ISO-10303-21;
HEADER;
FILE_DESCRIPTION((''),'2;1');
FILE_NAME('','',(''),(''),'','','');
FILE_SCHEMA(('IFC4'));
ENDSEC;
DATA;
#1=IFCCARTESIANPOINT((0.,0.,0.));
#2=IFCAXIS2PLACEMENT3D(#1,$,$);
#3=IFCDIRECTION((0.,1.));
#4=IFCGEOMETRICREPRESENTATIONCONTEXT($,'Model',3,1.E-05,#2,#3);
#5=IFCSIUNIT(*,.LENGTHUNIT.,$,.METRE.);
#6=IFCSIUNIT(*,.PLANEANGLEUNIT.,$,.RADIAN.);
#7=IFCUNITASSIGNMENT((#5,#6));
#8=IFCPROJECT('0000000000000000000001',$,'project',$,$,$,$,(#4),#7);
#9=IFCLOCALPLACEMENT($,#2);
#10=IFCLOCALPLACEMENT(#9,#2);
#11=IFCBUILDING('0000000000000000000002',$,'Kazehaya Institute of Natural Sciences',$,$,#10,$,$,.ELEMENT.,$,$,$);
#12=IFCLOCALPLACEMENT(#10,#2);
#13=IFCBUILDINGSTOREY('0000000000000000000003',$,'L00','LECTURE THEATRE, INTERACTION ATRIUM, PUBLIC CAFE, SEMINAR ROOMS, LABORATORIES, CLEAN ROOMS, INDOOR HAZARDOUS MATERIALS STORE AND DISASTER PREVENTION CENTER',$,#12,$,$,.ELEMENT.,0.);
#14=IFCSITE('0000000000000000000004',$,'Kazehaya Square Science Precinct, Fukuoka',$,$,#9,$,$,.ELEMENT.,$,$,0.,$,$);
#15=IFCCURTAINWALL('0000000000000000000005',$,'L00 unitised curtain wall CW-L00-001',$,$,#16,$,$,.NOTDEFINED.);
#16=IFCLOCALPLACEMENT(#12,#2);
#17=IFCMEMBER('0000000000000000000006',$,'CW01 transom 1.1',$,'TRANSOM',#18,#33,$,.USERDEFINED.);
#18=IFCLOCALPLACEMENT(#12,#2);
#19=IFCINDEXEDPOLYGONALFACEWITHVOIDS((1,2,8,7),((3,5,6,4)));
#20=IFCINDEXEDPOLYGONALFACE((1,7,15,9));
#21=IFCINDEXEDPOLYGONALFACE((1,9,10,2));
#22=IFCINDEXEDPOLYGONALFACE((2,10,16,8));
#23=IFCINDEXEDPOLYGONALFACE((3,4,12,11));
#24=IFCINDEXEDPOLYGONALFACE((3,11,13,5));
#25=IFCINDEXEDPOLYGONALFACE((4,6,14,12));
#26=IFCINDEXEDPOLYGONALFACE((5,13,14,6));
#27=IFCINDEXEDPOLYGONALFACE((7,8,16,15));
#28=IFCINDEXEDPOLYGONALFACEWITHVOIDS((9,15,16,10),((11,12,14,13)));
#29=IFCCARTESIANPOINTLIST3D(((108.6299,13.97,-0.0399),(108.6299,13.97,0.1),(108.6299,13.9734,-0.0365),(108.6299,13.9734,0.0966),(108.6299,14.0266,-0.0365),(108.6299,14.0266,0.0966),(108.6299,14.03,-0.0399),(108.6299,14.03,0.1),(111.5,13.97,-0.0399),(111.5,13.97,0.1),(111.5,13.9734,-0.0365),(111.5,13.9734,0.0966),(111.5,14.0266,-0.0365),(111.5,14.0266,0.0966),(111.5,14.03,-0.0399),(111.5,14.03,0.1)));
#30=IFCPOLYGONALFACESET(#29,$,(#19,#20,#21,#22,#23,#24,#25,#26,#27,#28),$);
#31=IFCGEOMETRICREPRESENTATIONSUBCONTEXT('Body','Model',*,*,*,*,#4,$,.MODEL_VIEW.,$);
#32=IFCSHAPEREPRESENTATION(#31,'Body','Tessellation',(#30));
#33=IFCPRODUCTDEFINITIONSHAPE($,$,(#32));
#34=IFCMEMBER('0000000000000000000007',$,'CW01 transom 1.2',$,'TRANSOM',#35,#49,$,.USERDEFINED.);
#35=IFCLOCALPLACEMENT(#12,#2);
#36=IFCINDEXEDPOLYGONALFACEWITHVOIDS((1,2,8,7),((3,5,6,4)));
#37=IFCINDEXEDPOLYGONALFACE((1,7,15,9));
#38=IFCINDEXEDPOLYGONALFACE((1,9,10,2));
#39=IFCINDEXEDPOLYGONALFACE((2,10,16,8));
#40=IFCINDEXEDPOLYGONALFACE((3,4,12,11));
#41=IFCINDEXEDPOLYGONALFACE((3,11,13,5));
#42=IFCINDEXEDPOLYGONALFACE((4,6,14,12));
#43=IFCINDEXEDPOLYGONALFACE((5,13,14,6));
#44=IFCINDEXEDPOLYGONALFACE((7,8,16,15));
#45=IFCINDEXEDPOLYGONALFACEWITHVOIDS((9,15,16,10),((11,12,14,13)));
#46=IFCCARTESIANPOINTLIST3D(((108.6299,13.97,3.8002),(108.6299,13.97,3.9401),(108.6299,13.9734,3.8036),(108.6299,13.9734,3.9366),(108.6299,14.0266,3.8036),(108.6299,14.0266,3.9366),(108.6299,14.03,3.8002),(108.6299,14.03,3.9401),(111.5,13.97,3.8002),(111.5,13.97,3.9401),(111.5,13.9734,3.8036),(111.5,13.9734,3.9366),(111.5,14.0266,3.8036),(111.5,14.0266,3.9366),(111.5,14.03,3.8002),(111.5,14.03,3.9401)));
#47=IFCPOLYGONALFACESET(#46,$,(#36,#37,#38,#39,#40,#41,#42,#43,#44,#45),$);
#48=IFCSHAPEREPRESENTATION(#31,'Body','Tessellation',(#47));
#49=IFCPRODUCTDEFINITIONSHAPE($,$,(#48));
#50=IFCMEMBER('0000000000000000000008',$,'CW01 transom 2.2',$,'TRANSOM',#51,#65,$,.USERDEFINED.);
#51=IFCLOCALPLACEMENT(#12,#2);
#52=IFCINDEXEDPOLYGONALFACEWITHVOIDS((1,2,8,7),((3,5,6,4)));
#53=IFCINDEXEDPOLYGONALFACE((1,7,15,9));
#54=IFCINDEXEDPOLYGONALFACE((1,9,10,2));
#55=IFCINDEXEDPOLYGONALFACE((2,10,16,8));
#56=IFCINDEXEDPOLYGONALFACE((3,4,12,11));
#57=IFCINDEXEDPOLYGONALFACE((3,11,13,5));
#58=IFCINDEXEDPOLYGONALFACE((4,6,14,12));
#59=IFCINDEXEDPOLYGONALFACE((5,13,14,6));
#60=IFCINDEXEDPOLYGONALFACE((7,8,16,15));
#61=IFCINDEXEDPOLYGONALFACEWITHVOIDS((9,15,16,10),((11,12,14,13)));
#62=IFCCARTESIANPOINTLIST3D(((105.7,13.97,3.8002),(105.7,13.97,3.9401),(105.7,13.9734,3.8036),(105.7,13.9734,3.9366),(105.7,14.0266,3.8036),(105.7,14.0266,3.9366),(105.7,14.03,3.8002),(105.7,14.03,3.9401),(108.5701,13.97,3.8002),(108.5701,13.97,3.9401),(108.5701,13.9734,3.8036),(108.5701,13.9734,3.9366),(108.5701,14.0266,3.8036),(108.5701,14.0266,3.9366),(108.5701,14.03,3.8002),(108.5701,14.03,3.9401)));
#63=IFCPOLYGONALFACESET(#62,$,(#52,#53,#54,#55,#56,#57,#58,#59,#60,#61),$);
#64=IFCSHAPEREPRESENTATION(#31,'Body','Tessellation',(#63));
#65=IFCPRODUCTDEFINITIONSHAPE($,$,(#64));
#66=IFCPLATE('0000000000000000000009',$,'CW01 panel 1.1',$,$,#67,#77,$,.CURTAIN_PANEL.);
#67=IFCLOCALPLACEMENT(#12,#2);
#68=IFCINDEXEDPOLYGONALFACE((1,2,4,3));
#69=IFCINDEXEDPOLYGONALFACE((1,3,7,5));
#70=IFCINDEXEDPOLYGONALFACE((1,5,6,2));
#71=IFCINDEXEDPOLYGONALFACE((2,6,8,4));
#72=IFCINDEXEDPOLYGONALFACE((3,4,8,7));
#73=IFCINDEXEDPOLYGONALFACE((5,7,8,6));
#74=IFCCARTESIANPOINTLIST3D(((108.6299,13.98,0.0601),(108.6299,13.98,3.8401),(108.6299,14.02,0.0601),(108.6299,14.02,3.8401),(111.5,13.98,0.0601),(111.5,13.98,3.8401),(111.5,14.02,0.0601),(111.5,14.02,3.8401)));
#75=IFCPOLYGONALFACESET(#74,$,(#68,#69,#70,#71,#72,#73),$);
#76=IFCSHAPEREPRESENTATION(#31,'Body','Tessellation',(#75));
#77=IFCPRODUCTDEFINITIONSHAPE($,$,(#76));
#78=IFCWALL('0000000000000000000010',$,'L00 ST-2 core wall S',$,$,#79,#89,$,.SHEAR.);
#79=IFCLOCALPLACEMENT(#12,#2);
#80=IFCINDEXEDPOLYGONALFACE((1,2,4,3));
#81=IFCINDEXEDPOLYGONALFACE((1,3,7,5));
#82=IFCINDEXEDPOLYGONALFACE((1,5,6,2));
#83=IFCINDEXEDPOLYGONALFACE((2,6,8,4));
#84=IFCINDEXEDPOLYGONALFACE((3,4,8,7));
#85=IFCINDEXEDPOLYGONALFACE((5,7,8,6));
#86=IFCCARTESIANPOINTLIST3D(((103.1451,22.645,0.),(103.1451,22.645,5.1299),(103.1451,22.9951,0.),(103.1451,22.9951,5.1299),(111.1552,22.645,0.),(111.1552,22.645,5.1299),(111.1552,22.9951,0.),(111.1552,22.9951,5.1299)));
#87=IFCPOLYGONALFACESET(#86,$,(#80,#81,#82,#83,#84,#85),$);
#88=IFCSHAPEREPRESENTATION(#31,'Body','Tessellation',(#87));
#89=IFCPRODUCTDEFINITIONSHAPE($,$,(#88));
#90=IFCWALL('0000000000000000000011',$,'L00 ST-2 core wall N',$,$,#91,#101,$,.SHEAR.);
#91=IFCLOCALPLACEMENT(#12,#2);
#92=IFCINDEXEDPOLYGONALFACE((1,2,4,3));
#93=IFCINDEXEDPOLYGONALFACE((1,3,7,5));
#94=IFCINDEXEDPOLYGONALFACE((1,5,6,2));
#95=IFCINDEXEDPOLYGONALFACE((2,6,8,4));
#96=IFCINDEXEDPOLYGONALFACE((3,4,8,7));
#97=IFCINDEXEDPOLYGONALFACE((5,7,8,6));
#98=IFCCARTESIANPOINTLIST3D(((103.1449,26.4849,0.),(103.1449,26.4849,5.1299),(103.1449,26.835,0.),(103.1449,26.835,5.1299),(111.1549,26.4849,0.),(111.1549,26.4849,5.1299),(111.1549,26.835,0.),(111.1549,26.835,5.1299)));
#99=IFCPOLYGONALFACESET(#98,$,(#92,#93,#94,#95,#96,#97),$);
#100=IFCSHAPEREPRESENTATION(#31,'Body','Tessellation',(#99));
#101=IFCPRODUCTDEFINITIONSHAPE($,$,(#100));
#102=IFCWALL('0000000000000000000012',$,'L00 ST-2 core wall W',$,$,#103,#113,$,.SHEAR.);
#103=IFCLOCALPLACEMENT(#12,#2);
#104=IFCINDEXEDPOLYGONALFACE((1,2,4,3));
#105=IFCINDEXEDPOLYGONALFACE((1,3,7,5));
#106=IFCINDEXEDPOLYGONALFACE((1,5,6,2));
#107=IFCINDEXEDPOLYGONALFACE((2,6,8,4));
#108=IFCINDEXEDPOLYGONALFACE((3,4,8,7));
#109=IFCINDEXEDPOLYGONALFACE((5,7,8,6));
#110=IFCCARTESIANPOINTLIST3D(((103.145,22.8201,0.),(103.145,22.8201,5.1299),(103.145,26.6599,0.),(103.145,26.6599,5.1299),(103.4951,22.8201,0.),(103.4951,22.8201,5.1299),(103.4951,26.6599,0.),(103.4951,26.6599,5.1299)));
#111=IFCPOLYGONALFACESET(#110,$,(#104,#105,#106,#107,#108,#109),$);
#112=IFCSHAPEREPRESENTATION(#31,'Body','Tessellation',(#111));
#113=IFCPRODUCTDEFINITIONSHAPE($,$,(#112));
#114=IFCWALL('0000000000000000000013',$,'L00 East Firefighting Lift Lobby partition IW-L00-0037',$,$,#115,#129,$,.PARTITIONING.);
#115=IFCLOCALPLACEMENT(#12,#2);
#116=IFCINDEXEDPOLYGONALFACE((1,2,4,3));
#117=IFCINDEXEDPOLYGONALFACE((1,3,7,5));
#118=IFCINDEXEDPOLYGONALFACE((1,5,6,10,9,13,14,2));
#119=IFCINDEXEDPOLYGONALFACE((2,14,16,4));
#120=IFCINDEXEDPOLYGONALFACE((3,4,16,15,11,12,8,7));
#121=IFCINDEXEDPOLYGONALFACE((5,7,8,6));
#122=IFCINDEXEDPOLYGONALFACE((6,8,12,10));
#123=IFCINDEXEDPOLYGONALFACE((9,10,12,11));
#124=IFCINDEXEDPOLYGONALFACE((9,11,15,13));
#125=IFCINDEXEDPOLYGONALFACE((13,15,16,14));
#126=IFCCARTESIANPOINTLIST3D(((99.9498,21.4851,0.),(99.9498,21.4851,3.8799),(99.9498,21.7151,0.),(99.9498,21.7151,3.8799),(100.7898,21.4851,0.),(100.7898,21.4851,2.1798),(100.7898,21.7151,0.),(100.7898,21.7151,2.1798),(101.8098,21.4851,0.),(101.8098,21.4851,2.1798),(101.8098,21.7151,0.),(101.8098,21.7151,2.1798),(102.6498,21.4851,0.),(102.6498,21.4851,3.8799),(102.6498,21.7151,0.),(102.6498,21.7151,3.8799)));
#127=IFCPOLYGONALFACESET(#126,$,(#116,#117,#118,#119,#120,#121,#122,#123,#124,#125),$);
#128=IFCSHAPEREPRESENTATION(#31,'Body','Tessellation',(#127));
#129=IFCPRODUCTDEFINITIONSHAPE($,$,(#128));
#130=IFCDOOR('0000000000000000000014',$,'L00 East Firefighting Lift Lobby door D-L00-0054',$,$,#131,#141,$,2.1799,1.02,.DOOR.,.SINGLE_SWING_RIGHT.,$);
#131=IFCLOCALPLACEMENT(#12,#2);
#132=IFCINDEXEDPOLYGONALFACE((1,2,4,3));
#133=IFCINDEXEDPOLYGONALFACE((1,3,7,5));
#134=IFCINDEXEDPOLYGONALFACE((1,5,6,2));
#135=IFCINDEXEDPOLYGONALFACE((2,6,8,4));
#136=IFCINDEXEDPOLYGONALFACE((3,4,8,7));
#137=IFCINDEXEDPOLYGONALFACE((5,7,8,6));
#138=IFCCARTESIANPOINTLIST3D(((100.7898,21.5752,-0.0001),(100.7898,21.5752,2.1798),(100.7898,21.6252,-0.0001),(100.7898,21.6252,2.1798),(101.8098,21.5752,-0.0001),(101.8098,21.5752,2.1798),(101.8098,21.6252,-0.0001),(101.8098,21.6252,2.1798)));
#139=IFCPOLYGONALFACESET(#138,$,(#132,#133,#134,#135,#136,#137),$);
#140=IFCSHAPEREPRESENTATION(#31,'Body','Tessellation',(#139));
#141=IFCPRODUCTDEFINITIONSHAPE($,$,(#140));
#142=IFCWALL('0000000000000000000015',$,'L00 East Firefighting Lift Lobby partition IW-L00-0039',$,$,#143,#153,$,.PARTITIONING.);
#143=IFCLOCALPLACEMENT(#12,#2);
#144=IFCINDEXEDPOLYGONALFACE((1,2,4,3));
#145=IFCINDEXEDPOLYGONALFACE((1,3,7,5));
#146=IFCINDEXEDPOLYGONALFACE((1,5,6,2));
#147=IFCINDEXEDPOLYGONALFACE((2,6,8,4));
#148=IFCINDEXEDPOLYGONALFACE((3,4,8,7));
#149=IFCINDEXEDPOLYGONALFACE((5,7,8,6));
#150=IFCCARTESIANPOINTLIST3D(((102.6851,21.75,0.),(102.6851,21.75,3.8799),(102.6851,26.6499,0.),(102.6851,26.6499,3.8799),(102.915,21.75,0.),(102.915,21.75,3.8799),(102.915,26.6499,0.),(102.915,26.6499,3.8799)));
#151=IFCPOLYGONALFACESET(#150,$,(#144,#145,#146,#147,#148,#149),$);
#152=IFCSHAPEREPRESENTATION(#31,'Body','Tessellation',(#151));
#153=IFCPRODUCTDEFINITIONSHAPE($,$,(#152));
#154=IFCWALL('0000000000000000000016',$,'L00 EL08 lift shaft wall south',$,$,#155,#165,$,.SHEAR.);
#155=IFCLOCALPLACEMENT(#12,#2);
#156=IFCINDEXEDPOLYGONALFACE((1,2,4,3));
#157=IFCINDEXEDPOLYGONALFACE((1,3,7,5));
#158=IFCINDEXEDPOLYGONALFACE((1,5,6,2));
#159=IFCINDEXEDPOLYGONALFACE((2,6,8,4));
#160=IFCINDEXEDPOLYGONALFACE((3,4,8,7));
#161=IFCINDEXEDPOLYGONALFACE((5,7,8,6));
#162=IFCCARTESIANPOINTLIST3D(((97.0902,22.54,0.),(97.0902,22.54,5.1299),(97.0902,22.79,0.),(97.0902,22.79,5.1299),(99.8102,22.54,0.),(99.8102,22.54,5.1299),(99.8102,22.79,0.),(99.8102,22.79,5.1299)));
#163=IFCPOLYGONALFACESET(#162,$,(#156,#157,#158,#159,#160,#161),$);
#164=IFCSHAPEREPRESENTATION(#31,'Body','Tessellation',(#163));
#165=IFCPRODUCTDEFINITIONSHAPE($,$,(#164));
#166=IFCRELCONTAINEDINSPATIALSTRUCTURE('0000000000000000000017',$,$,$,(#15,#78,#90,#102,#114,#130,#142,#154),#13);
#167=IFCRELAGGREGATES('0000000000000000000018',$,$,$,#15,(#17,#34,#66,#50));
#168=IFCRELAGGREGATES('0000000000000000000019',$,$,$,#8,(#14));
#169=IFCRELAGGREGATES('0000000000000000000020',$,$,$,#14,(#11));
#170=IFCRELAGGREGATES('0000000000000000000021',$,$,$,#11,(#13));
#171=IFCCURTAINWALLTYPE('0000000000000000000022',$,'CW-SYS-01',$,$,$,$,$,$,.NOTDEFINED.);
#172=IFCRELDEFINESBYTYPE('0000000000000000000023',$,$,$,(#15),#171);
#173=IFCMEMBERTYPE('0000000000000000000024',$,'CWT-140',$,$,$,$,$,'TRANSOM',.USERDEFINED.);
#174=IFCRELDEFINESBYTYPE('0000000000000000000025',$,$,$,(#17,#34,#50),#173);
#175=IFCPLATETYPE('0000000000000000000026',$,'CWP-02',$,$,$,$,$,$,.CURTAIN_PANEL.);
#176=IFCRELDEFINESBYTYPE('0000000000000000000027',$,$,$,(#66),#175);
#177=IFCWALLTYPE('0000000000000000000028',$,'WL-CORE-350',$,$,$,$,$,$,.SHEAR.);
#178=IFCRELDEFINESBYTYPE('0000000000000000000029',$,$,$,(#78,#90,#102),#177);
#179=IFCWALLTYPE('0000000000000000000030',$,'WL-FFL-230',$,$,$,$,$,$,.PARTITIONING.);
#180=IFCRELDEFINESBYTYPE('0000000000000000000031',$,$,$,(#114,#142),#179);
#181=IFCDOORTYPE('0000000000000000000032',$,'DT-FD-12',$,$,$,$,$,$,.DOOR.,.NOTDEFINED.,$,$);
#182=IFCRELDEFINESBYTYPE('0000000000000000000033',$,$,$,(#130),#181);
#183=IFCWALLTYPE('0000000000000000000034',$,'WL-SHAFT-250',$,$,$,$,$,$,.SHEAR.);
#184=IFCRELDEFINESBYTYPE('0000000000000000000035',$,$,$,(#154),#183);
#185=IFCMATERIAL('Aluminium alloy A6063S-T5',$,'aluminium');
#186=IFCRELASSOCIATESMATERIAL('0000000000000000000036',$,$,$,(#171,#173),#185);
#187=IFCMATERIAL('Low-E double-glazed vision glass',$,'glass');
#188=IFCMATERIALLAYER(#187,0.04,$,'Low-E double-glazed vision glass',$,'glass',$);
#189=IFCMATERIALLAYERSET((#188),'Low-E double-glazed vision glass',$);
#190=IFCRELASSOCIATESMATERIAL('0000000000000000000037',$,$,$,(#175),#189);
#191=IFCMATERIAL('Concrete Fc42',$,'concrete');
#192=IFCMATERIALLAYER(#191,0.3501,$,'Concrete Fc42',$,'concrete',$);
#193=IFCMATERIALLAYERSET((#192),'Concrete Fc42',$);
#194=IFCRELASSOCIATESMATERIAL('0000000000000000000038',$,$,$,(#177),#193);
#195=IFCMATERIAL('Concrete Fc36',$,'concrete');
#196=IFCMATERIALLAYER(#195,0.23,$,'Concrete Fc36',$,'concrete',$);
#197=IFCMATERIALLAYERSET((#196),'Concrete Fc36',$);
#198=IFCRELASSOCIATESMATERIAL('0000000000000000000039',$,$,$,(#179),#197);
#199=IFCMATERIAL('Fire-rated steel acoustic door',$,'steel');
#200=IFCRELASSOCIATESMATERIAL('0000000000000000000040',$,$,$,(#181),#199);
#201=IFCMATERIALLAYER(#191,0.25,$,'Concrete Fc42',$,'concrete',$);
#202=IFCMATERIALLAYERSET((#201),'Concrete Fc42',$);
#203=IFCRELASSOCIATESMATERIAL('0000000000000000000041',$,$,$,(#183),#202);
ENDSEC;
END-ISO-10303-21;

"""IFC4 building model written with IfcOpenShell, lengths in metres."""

from ifc_helpers import new_model, si_unit, direction, frame, frame_2d, origin, origin_2d, place, context, subcontext, project, spatial, rectangle, hollow_rectangle, extrude, material, layer, layer_set, material_profile, profile_set, type_object, element, fill, aggregate, save


model = new_model("IFC4")

# Units and contexts
model_context = context("Model", 3, precision=1e-05, world=origin(), true_north=direction((0.0, 1.0)))
body_context = subcontext(model_context, "Body", "Model", "MODEL_VIEW")
ifc_project = project(units=[si_unit("LENGTHUNIT", "METRE"), si_unit("PLANEANGLEUNIT", "RADIAN")], contexts=[model_context])

# Site, building, storey
site_placement = place(None, origin())
site = spatial("IfcSite", under=ifc_project, at=site_placement, Name="Kazehaya Square Science Precinct, Fukuoka", CompositionType="ELEMENT", RefElevation=0.0)
building_placement = place(site_placement, origin())
building = spatial("IfcBuilding", under=site, at=building_placement, Name="Kazehaya Institute of Natural Sciences", CompositionType="ELEMENT")
storey_placement = place(building_placement, origin())
storey = spatial("IfcBuildingStorey", under=building, at=storey_placement, Name="L00", Description="LECTURE THEATRE, INTERACTION ATRIUM, PUBLIC CAFE, SEMINAR ROOMS, LABORATORIES, CLEAN ROOMS, INDOOR HAZARDOUS MATERIALS STORE AND DISASTER PREVENTION CENTER", CompositionType="ELEMENT", Elevation=0.0)

# Shared definitions
ifc_material_1 = material(Name="Concrete Fc42", Category="concrete")

# Shared definitions
ifc_material_2 = material(Name="Concrete Fc36", Category="concrete")

# Curtain wall, members, plate
ifc_material_3 = material(Name="Aluminium alloy A6063S-T5", Category="aluminium")
curtain_wall_type = type_object("IfcCurtainWallType", Name="CW-SYS-01", PredefinedType="NOTDEFINED", material=ifc_material_3)
curtain_wall_placement = place(storey_placement, origin())
curtain_wall = element("IfcCurtainWall", 1, at=curtain_wall_placement, inside=storey, type_object=curtain_wall_type, Name="L00 unitised curtain wall CW-L00-001", PredefinedType="NOTDEFINED")
ifc_material_profile_1 = material_profile(ifc_material_3, hollow_rectangle(XDim=0.0601, YDim=0.1399, WallThickness=0.0034, at=origin_2d()), Name="ALU-60x140x3.5")
ifc_profile_set_1 = profile_set([ifc_material_profile_1], Name="Aluminium alloy A6063S-T5")
member_type_1 = type_object("IfcMemberType", Name="CWT-140", ElementType="TRANSOM", PredefinedType="USERDEFINED", material=ifc_profile_set_1)
member_1_placement = place(storey_placement, frame((111.5, 14.0, 0.03), z_axis=(-1.0, 0.0, 0.0), x_axis=(0.0, -1.0, 0.0)))
member_1 = element("IfcMember", 2, at=member_1_placement, type_object=member_type_1, Name="CW01 transom 1.1", ObjectType="TRANSOM", PredefinedType="USERDEFINED", context=body_context, shape_type="SweptSolid", body=[
    extrude(hollow_rectangle(XDim=0.0601, YDim=0.1399, WallThickness=0.0034, at=origin_2d()), origin(), (0.0, 0.0, 1.0), 2.8701),
])
member_2_placement = place(storey_placement, frame((111.5, 14.0, 3.8701), z_axis=(-1.0, 0.0, 0.0), x_axis=(0.0, -1.0, 0.0)))
member_2 = element("IfcMember", 3, at=member_2_placement, type_object=member_type_1, Name="CW01 transom 1.2", ObjectType="TRANSOM", PredefinedType="USERDEFINED", context=body_context, shape_type="SweptSolid", body=[
    extrude(hollow_rectangle(XDim=0.0601, YDim=0.1399, WallThickness=0.0034, at=origin_2d()), origin(), (0.0, 0.0, 1.0), 2.8701),
])
member_3_placement = place(storey_placement, frame((108.5701, 14.0, 3.8701), z_axis=(-1.0, 0.0, 0.0), x_axis=(0.0, -1.0, 0.0)))
member_3 = element("IfcMember", 4, at=member_3_placement, type_object=member_type_1, Name="CW01 transom 2.2", ObjectType="TRANSOM", PredefinedType="USERDEFINED", context=body_context, shape_type="SweptSolid", body=[
    extrude(hollow_rectangle(XDim=0.0601, YDim=0.1399, WallThickness=0.0034, at=origin_2d()), origin(), (0.0, 0.0, 1.0), 2.8701),
])
ifc_material_4 = material(Name="Low-E double-glazed vision glass", Category="glass")
ifc_layer_1 = layer(ifc_material_4, 0.04, Name="Low-E double-glazed vision glass", Category="glass")
ifc_layer_set_1 = layer_set([ifc_layer_1], Name="Low-E double-glazed vision glass")
plate_type = type_object("IfcPlateType", Name="CWP-02", PredefinedType="CURTAIN_PANEL", material=ifc_layer_set_1)
plate_placement = place(storey_placement, frame((110.0649, 14.0, 0.0601), z_axis=(0.0, 0.0, 1.0), x_axis=(-1.0, 0.0, 0.0)))
plate = element("IfcPlate", 5, at=plate_placement, type_object=plate_type, Name="CW01 panel 1.1", PredefinedType="CURTAIN_PANEL", context=body_context, shape_type="SweptSolid", body=[
    extrude(rectangle(XDim=2.8701, YDim=0.04, at=origin_2d()), origin(), (0.0, 0.0, 1.0), 3.78),
])
aggregate(curtain_wall, [member_1, member_2, plate, member_3])

# Walls
ifc_layer_2 = layer(ifc_material_1, 0.3501, Name="Concrete Fc42", Category="concrete")
ifc_layer_set_2 = layer_set([ifc_layer_2], Name="Concrete Fc42")
wall_type_1 = type_object("IfcWallType", Name="WL-CORE-350", PredefinedType="SHEAR", material=ifc_layer_set_2)
for number, where, z_axis, x_axis, name in (
    (6, (111.155, 22.8201, 0.0), (0.0, 0.0, 1.0), (-1.0, 0.0, 0.0), "L00 ST-2 core wall S"),
    (7, (103.145, 26.6599, 0.0), (0.0, 0.0, 1.0), (1.0, 0.0, 0.0), "L00 ST-2 core wall N"),
):
    element("IfcWall", number, at=place(storey_placement, frame(where, z_axis=z_axis, x_axis=x_axis)), inside=storey, type_object=wall_type_1, Name=name, PredefinedType="SHEAR", context=body_context, shape_type="SweptSolid", body=[
        extrude(rectangle(XDim=8.01, YDim=0.3501, at=frame_2d((4.0049, 0.0))), origin(), (0.0, 0.0, 1.0), 5.1299),
    ])
wall_1_placement = place(storey_placement, frame((103.3201, 22.8201, 0.0), z_axis=(0.0, 0.0, 1.0), x_axis=(0.0, 1.0, 0.0)))
element("IfcWall", 8, at=wall_1_placement, inside=storey, type_object=wall_type_1, Name="L00 ST-2 core wall W", PredefinedType="SHEAR", context=body_context, shape_type="SweptSolid", body=[
    extrude(rectangle(XDim=3.8398, YDim=0.3501, at=frame_2d((1.9199, 0.0))), origin(), (0.0, 0.0, 1.0), 5.1299),
])

# Wall, opening, door
ifc_material_5 = material(Name="Fire-rated steel acoustic door", Category="steel")
ifc_layer_3 = layer(ifc_material_2, 0.23, Name="Concrete Fc36", Category="concrete")
ifc_layer_set_3 = layer_set([ifc_layer_3], Name="Concrete Fc36")
wall_type_2 = type_object("IfcWallType", Name="WL-FFL-230", PredefinedType="PARTITIONING", material=ifc_layer_set_3)
wall_2_placement = place(storey_placement, frame((102.6499, 21.6001, 0.0), z_axis=(0.0, 0.0, 1.0), x_axis=(-1.0, 0.0, 0.0)))
wall_2 = element("IfcWall", 9, at=wall_2_placement, inside=storey, type_object=wall_type_2, Name="L00 East Firefighting Lift Lobby partition IW-L00-0037", PredefinedType="PARTITIONING", context=body_context, shape_type="SweptSolid", body=[
    extrude(rectangle(XDim=2.7, YDim=0.23, at=frame_2d((1.3501, 0.0))), origin(), (0.0, 0.0, 1.0), 3.8799),
])
opening_1_placement = place(wall_2_placement, frame((0.8401, 0.0, 0.0)))
opening_1 = element("IfcOpeningElement", 10, at=opening_1_placement, cuts=wall_2, PredefinedType="OPENING", context=body_context, shape_type="SweptSolid", body=[
    extrude(rectangle(XDim=1.02, YDim=2.1799, at=frame_2d((0.51, 1.0898))), frame((0.0, 0.125, 0.0), z_axis=(0.0, -1.0, 0.0), x_axis=(1.0, 0.0, 0.0)), (0.0, 0.0, 1.0), 0.25),
])
door_type_1 = type_object("IfcDoorType", Name="DT-FD-12", OperationType="NOTDEFINED", PredefinedType="DOOR", material=ifc_material_5)
door_1_placement = place(opening_1_placement, origin())
door_1 = element("IfcDoor", 11, at=door_1_placement, inside=storey, type_object=door_type_1, Name="L00 East Firefighting Lift Lobby door D-L00-0054", OperationType="SINGLE_SWING_RIGHT", OverallHeight=2.1799, OverallWidth=1.02, PredefinedType="DOOR", context=body_context, shape_type="SweptSolid", body=[
    extrude(rectangle(XDim=1.02, YDim=2.1799, at=frame_2d((0.51, 1.0898))), frame((0.0, 0.0249, 0.0), z_axis=(0.0, -1.0, 0.0), x_axis=(1.0, 0.0, 0.0)), (0.0, 0.0, 1.0), 0.05),
])
fill(opening_1, door_1)

# Walls
wall_3_placement = place(storey_placement, frame((102.8, 26.6499, 0.0), z_axis=(0.0, 0.0, 1.0), x_axis=(0.0, -1.0, 0.0)))
element("IfcWall", 12, at=wall_3_placement, inside=storey, type_object=wall_type_2, Name="L00 East Firefighting Lift Lobby partition IW-L00-0039", PredefinedType="PARTITIONING", context=body_context, shape_type="SweptSolid", body=[
    extrude(rectangle(XDim=4.8999, YDim=0.23, at=frame_2d((2.45, 0.0))), origin(), (0.0, 0.0, 1.0), 3.8799),
])
ifc_layer_4 = layer(ifc_material_1, 0.25, Name="Concrete Fc42", Category="concrete")
ifc_layer_set_4 = layer_set([ifc_layer_4], Name="Concrete Fc42")
wall_type_3 = type_object("IfcWallType", Name="WL-SHAFT-250", PredefinedType="SHEAR", material=ifc_layer_set_4)
wall_4_placement = place(storey_placement, frame((99.8101, 22.665, 0.0), z_axis=(0.0, 0.0, 1.0), x_axis=(-1.0, 0.0, 0.0)))
element("IfcWall", 13, at=wall_4_placement, inside=storey, type_object=wall_type_3, Name="L00 EL08 lift shaft wall south", PredefinedType="SHEAR", context=body_context, shape_type="SweptSolid", body=[
    extrude(rectangle(XDim=2.72, YDim=0.25, at=frame_2d((1.3599, 0.0))), origin(), (0.0, 0.0, 1.0), 5.1299),
])

save(model, "model.ifc")
